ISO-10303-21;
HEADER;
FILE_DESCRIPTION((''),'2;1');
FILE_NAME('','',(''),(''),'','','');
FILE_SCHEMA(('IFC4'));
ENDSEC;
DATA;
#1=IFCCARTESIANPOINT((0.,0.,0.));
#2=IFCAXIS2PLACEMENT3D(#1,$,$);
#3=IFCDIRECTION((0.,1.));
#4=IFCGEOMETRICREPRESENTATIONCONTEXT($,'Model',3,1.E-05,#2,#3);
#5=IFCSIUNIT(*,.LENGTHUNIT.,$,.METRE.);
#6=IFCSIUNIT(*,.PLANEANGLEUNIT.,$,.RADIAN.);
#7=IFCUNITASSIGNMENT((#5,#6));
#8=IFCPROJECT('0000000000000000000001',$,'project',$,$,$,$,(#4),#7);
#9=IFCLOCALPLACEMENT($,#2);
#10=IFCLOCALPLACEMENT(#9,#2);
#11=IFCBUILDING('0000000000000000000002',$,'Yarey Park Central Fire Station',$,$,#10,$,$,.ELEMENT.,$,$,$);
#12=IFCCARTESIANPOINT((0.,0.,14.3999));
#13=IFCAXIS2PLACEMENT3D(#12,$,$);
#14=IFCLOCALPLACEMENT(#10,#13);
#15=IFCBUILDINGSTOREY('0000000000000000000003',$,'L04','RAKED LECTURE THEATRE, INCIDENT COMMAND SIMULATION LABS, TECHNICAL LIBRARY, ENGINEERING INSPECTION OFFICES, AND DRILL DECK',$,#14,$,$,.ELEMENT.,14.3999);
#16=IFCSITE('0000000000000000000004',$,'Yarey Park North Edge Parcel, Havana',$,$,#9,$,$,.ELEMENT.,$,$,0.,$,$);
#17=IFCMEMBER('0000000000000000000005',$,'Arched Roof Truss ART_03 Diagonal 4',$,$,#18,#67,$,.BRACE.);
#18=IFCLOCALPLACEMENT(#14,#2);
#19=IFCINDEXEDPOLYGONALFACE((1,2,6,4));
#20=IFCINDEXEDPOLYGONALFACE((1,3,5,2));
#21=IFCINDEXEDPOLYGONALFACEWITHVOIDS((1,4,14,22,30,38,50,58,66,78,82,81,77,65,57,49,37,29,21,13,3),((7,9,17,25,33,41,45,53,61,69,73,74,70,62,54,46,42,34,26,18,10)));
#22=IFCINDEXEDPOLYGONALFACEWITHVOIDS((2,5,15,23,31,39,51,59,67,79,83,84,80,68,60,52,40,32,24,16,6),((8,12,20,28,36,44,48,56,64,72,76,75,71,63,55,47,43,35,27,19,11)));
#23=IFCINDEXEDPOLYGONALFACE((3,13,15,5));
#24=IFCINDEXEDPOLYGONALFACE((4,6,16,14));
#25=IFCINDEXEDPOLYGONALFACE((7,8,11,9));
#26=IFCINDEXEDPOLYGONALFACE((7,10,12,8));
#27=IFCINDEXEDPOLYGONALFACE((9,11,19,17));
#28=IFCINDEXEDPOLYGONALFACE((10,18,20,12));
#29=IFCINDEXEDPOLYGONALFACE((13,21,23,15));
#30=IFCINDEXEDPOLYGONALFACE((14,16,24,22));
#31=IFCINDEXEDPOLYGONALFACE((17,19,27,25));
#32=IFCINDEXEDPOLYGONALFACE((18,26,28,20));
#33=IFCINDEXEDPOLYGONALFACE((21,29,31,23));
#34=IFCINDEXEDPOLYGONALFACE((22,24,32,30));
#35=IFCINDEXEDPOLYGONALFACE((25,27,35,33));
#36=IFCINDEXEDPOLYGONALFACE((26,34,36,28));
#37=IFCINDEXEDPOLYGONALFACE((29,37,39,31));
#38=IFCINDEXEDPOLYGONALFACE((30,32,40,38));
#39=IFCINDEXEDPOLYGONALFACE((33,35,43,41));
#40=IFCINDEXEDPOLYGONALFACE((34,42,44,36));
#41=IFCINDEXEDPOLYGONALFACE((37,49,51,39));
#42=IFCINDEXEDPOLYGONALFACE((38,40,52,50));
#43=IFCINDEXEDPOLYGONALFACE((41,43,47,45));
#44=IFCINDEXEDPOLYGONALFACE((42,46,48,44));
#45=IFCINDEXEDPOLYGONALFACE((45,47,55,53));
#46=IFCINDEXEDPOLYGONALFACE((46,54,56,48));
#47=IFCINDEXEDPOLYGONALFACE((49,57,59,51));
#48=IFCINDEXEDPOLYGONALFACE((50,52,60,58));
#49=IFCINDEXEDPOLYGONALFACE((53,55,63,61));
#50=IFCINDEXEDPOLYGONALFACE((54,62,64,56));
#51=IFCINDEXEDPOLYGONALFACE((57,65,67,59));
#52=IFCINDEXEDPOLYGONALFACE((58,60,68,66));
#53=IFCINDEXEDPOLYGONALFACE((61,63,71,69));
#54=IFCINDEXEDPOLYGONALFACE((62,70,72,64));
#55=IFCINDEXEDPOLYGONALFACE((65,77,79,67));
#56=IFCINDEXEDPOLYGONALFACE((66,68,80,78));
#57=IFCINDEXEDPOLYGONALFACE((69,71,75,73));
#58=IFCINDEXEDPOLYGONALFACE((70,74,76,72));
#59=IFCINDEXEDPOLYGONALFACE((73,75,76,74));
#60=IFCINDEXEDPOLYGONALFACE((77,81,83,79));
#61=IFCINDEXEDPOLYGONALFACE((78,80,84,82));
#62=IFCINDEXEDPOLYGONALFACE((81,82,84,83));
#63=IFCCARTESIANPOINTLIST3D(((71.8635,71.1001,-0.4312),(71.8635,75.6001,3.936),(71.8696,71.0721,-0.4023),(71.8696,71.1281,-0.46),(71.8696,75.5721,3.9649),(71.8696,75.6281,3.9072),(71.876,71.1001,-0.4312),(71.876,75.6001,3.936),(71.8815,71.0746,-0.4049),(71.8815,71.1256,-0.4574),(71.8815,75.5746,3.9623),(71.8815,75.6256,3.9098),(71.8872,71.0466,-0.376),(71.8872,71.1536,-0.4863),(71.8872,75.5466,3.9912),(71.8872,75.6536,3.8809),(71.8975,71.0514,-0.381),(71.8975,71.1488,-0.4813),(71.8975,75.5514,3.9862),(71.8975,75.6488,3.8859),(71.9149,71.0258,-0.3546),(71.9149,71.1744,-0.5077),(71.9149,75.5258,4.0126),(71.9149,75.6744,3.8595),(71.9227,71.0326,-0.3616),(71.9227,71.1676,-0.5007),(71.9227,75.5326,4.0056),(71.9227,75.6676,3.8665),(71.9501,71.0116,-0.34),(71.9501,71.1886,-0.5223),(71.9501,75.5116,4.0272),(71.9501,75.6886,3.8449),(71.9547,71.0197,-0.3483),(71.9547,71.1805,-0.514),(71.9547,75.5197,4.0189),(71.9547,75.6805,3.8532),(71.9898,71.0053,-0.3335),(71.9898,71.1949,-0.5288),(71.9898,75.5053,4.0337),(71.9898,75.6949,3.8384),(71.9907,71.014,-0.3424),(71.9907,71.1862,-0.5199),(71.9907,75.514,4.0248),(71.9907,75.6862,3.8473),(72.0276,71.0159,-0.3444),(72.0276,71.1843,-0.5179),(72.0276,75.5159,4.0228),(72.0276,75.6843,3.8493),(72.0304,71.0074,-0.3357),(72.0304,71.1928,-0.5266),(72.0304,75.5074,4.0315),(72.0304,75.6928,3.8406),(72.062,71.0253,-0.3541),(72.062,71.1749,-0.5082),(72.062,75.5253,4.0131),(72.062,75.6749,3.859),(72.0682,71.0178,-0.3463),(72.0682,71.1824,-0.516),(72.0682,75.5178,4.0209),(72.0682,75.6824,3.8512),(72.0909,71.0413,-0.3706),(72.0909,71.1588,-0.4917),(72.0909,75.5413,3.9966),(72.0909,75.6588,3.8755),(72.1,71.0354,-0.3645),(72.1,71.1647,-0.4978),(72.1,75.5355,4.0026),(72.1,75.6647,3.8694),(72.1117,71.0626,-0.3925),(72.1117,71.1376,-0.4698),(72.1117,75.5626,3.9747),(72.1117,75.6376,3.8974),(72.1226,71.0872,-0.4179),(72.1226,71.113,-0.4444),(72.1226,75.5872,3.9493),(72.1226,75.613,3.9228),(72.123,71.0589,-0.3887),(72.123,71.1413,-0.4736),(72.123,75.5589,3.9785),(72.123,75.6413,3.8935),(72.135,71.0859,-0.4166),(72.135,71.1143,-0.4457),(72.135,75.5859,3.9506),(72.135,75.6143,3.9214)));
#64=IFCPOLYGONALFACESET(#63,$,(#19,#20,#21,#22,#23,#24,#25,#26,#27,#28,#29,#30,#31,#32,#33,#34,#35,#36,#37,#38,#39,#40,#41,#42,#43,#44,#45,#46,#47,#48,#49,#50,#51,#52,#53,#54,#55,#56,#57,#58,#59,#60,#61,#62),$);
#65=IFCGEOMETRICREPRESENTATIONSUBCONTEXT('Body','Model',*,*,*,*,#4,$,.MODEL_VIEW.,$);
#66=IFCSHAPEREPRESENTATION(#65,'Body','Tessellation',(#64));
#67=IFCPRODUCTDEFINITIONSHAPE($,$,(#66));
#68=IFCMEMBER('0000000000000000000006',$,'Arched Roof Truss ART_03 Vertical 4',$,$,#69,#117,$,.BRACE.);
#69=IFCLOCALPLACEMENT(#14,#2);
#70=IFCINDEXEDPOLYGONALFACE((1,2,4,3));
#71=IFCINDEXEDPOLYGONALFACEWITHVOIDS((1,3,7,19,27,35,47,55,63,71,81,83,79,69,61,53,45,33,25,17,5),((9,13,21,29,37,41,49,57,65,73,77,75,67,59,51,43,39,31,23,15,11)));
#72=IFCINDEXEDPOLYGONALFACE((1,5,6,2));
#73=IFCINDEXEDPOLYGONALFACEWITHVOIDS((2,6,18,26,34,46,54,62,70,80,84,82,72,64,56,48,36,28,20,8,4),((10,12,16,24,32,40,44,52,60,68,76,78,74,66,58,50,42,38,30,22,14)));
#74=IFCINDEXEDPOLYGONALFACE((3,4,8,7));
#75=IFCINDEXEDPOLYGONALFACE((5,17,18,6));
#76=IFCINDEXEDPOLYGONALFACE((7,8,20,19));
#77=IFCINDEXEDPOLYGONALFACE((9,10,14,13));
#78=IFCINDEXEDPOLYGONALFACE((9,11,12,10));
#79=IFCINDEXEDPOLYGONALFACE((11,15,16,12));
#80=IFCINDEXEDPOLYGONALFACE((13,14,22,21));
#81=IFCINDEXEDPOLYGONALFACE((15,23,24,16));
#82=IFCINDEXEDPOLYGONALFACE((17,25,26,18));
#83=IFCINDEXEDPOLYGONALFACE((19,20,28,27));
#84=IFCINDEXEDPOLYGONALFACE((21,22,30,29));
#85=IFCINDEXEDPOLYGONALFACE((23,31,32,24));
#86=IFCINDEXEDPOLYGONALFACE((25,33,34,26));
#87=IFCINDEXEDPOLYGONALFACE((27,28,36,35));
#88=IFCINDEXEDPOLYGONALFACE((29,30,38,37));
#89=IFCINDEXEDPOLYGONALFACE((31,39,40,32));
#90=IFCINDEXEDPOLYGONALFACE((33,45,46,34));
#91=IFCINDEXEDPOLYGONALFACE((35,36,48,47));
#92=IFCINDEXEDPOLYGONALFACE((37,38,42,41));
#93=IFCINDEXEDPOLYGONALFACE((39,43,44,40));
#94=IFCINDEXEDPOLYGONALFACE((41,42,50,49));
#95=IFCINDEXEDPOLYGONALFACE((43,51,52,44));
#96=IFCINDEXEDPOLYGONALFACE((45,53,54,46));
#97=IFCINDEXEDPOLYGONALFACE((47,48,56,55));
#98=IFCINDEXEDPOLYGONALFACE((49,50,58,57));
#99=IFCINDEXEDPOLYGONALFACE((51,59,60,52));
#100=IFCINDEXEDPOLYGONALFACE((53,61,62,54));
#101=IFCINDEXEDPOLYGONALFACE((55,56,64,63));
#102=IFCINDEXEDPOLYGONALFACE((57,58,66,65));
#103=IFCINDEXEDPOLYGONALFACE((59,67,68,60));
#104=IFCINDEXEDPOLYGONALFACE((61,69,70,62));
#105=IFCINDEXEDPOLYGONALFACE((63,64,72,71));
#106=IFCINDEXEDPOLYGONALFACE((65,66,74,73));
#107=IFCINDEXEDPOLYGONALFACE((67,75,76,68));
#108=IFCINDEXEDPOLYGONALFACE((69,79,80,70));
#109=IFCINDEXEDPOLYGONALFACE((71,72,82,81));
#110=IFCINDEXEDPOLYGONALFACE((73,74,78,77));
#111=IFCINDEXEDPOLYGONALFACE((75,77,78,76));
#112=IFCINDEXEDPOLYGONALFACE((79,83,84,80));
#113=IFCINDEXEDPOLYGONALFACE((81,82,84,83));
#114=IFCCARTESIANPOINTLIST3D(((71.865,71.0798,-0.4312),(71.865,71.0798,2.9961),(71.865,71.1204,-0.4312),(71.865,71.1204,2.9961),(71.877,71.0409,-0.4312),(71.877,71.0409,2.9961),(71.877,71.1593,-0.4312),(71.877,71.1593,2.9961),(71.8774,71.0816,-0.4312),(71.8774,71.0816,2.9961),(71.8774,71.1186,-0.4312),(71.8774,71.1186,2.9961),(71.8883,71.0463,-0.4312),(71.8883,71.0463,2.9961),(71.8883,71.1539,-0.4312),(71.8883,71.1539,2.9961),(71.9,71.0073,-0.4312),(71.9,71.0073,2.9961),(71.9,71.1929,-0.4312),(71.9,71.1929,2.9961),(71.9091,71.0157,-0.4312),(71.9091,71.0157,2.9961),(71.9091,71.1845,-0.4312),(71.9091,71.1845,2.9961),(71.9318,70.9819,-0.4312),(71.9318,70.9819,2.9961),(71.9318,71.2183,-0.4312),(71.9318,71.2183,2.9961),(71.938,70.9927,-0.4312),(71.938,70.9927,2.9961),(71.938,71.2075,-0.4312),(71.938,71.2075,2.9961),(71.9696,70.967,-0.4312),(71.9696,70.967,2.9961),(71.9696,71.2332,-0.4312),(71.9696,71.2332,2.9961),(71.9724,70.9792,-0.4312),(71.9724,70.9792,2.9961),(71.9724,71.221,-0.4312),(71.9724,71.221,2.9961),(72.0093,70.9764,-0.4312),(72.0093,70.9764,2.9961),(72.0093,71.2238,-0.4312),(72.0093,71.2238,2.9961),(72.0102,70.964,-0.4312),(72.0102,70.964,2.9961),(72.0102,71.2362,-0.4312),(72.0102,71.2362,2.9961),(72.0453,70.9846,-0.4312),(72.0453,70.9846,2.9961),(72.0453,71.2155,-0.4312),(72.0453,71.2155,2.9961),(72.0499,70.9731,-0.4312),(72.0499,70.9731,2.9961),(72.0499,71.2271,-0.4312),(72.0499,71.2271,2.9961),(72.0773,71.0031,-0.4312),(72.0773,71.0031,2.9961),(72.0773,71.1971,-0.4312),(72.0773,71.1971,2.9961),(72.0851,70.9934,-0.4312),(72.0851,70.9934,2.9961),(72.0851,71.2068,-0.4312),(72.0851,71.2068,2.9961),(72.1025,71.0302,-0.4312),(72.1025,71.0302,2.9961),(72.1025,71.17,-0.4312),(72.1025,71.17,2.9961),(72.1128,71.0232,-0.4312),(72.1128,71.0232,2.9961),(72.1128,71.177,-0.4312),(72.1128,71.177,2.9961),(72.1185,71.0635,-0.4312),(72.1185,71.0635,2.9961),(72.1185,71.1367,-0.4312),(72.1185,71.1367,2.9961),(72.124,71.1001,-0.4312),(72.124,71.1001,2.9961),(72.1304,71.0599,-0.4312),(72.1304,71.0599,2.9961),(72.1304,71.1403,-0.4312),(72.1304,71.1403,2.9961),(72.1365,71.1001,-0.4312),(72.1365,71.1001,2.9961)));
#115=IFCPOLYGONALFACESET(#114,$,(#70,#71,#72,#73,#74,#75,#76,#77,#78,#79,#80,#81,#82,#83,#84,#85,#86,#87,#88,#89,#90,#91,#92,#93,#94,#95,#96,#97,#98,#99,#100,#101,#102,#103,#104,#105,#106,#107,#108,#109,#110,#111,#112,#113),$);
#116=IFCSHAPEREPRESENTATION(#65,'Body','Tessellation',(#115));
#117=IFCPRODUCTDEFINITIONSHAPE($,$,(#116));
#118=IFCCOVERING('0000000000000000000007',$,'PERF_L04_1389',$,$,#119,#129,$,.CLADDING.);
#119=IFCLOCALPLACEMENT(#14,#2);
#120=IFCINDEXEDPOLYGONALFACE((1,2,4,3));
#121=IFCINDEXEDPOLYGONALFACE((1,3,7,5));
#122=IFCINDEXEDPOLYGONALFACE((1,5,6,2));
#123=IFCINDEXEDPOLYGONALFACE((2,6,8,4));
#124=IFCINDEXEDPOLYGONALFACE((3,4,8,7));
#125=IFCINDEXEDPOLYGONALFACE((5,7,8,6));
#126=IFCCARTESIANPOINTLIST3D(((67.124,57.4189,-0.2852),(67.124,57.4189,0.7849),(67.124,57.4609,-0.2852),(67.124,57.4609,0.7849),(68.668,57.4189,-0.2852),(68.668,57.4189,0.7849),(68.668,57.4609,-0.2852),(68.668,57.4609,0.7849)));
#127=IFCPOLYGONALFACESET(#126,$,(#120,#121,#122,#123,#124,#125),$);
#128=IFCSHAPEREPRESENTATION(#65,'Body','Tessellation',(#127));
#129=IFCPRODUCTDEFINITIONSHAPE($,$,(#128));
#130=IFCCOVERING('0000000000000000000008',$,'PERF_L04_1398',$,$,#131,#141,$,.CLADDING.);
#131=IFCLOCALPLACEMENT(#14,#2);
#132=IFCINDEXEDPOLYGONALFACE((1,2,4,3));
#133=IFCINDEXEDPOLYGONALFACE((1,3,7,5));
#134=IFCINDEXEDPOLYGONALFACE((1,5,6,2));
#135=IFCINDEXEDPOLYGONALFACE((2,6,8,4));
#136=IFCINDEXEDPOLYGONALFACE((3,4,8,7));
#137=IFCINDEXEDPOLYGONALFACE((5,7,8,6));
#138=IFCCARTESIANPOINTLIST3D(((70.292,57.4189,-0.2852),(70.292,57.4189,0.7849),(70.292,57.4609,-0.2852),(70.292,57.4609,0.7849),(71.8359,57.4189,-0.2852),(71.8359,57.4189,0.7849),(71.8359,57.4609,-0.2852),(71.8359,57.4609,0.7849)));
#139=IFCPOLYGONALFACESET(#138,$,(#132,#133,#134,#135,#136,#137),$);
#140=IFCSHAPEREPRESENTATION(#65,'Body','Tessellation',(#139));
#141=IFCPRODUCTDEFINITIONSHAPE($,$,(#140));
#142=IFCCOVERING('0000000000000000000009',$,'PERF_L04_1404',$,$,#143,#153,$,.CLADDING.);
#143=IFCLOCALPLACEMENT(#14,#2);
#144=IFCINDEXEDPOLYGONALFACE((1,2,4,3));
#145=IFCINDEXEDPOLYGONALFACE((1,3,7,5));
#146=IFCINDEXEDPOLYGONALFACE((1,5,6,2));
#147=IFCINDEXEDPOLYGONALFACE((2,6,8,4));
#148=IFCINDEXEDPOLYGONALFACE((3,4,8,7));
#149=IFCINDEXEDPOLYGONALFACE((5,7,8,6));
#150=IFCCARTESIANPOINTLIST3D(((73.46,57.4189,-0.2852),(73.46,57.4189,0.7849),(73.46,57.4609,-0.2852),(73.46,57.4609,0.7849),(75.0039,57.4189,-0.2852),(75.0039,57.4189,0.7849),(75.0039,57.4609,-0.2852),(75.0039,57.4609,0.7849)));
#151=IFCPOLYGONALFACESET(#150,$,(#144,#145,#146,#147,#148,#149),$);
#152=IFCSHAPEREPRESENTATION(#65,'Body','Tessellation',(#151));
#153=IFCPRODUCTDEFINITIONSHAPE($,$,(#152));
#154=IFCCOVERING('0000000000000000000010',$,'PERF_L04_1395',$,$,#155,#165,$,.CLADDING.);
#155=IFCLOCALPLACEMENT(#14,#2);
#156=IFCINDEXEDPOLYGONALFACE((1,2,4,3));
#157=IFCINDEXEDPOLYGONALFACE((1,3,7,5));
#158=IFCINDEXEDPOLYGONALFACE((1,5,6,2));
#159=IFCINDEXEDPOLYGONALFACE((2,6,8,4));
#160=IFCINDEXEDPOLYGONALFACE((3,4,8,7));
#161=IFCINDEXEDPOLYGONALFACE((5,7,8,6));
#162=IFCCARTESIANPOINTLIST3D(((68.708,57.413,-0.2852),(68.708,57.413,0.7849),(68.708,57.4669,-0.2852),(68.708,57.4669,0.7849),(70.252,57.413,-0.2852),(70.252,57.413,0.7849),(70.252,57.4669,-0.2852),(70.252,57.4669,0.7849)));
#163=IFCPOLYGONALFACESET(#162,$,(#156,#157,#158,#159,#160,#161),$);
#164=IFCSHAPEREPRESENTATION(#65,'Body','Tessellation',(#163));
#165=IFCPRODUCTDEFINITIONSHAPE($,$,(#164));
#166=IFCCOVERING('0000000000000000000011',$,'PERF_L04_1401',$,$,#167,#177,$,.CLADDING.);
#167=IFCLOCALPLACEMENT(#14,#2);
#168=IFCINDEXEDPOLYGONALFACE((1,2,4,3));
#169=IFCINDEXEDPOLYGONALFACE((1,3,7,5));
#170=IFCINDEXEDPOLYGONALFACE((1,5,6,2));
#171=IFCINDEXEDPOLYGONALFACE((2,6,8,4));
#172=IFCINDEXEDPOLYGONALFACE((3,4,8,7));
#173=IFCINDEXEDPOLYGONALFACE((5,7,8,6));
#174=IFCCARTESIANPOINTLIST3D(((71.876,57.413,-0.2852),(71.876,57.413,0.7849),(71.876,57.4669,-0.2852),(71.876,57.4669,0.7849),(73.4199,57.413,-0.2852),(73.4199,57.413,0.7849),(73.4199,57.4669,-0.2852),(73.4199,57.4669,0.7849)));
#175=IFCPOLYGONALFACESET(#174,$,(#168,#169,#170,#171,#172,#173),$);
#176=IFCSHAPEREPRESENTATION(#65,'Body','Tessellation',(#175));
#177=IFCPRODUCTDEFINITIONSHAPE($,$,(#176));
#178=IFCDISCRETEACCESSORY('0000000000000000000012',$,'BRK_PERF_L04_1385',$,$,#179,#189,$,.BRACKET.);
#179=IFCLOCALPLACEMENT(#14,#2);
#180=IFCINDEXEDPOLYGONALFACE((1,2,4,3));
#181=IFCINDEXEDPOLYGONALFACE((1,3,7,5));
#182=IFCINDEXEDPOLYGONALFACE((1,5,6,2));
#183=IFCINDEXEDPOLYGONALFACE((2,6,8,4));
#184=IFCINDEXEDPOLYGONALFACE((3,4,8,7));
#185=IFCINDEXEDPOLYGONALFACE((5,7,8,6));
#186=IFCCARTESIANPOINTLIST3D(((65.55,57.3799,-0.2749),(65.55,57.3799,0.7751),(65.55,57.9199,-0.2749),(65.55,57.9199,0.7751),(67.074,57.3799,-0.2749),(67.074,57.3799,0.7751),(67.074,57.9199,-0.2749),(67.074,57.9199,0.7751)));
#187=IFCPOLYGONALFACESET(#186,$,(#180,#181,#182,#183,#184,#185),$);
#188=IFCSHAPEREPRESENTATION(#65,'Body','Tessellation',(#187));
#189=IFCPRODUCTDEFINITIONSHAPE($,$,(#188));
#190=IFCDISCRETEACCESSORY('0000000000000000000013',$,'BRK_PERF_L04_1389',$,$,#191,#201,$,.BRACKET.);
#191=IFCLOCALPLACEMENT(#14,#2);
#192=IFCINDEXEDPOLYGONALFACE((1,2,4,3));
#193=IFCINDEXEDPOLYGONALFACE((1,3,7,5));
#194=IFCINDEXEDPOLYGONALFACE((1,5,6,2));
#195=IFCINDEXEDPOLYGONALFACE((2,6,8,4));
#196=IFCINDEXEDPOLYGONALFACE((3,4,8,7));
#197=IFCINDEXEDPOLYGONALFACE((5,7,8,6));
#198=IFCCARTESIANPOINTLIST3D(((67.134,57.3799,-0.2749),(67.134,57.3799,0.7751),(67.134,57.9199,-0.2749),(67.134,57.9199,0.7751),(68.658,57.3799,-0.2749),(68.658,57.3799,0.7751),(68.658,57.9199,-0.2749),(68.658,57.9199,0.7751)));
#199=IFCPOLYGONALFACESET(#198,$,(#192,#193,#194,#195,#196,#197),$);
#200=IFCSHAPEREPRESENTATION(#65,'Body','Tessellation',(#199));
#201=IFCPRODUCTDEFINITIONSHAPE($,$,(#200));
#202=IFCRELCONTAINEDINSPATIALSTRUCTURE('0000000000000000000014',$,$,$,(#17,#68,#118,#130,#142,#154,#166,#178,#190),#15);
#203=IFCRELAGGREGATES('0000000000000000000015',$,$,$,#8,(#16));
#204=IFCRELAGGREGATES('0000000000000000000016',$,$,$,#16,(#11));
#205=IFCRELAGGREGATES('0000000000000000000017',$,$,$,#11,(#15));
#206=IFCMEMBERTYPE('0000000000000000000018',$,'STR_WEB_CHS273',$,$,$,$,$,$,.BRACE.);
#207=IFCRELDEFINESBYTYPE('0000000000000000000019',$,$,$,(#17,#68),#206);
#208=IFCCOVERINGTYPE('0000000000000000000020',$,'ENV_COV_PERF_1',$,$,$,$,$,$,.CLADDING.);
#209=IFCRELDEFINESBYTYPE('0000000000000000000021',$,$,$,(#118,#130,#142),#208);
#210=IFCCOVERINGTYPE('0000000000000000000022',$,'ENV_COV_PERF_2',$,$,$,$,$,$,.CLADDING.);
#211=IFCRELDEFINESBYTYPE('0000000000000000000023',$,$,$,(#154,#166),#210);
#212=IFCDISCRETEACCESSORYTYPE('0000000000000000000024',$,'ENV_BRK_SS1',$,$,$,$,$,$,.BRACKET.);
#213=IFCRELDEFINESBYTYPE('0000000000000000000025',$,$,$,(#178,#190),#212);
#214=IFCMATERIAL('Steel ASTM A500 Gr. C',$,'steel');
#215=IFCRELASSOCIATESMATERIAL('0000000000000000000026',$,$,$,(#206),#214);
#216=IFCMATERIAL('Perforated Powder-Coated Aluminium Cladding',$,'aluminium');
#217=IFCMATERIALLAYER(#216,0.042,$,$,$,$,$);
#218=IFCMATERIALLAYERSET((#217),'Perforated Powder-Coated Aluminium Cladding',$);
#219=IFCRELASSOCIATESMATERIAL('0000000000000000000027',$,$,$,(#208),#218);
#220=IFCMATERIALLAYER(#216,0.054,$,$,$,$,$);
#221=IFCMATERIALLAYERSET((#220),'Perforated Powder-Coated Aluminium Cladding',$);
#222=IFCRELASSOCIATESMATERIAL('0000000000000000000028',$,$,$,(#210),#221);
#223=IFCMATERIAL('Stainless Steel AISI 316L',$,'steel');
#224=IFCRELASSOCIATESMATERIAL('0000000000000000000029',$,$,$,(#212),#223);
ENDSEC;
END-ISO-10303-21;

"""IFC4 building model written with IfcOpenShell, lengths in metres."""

from ifc_helpers import new_model, si_unit, direction, frame, origin, origin_2d, place, context, subcontext, project, spatial, rectangle, hollow_circle, extrude, material, layer, layer_set, material_profile, profile_set, type_object, element, save


model = new_model("IFC4")

# Units and contexts
model_context = context("Model", 3, precision=1e-05, world=origin(), true_north=direction((0.0, 1.0)))
body_context = subcontext(model_context, "Body", "Model", "MODEL_VIEW")
ifc_project = project(units=[si_unit("LENGTHUNIT", "METRE"), si_unit("PLANEANGLEUNIT", "RADIAN")], contexts=[model_context])

# Site, building, storey
site_placement = place(None, origin())
site = spatial("IfcSite", under=ifc_project, at=site_placement, Name="Yarey Park North Edge Parcel, Havana", CompositionType="ELEMENT", RefElevation=0.0)
building_placement = place(site_placement, origin())
building = spatial("IfcBuilding", under=site, at=building_placement, Name="Yarey Park Central Fire Station", CompositionType="ELEMENT")
storey_placement = place(building_placement, frame((0.0, 0.0, 14.3999)))
storey = spatial("IfcBuildingStorey", under=building, at=storey_placement, Name="L04", Description="RAKED LECTURE THEATRE, INCIDENT COMMAND SIMULATION LABS, TECHNICAL LIBRARY, ENGINEERING INSPECTION OFFICES, AND DRILL DECK", CompositionType="ELEMENT", Elevation=14.3999)

# Shared definitions
ifc_material_1 = material(Name="Steel ASTM A500 Gr. C", Category="steel")

# Members
ifc_material_profile_1 = material_profile(ifc_material_1, hollow_circle(Radius=0.1365, WallThickness=0.0125, at=origin_2d()), Name="CHS 273x12.5")
ifc_profile_set_1 = profile_set([ifc_material_profile_1], Name="Steel ASTM A500 Gr. C")
member_type_1 = type_object("IfcMemberType", Name="STR_WEB_CHS273", PredefinedType="BRACE", material=ifc_profile_set_1)
member_1_placement = place(storey_placement, frame((72.0, 71.1001, -0.4312), z_axis=(0.0, 0.717617, 0.696438), x_axis=(-1.0, 0.0, 0.0)))
element("IfcMember", 1, at=member_1_placement, inside=storey, type_object=member_type_1, Name="Arched Roof Truss ART_03 Diagonal 4", PredefinedType="BRACE", context=body_context, shape_type="SweptSolid", body=[
    extrude(hollow_circle(Radius=0.1365, WallThickness=0.0125, at=origin_2d()), origin(), (0.0, 0.0, 1.0), 6.2708),
])
member_2_placement = place(storey_placement, frame((72.0, 71.1001, -0.4312), z_axis=(0.0, 0.0, 1.0), x_axis=(1.0, 0.0, 0.0)))
element("IfcMember", 2, at=member_2_placement, inside=storey, type_object=member_type_1, Name="Arched Roof Truss ART_03 Vertical 4", PredefinedType="BRACE", context=body_context, shape_type="SweptSolid", body=[
    extrude(hollow_circle(Radius=0.1365, WallThickness=0.0125, at=origin_2d()), origin(), (0.0, 0.0, 1.0), 3.4272),
])

# Coverings
ifc_material_2 = material(Name="Perforated Powder-Coated Aluminium Cladding", Category="aluminium")
ifc_layer_1 = layer(ifc_material_2, 0.042)
ifc_layer_set_1 = layer_set([ifc_layer_1], Name="Perforated Powder-Coated Aluminium Cladding")
covering_type_1 = type_object("IfcCoveringType", Name="ENV_COV_PERF_1", PredefinedType="CLADDING", material=ifc_layer_set_1)
for number, where, z_axis, x_axis, name in (
    (3, (67.896, 57.4399, -0.2852), (0.0, 0.0, 1.0), (1.0, 0.0, 0.0), "PERF_L04_1389"),
    (4, (71.064, 57.4399, -0.2852), (0.0, 0.0, 1.0), (1.0, 0.0, 0.0), "PERF_L04_1398"),
    (5, (74.2319, 57.4399, -0.2852), (0.0, 0.0, 1.0), (1.0, 0.0, 0.0), "PERF_L04_1404"),
):
    element("IfcCovering", number, at=place(storey_placement, frame(where, z_axis=z_axis, x_axis=x_axis)), inside=storey, type_object=covering_type_1, Name=name, PredefinedType="CLADDING", context=body_context, shape_type="SweptSolid", body=[
        extrude(rectangle(XDim=1.5439, YDim=0.042, at=origin_2d()), origin(), (0.0, 0.0, 1.0), 1.0701),
    ])
ifc_layer_2 = layer(ifc_material_2, 0.054)
ifc_layer_set_2 = layer_set([ifc_layer_2], Name="Perforated Powder-Coated Aluminium Cladding")
covering_type_2 = type_object("IfcCoveringType", Name="ENV_COV_PERF_2", PredefinedType="CLADDING", material=ifc_layer_set_2)
for number, where, z_axis, x_axis, name in (
    (6, (69.48, 57.4399, -0.2852), (0.0, 0.0, 1.0), (1.0, 0.0, 0.0), "PERF_L04_1395"),
    (7, (72.6479, 57.4399, -0.2852), (0.0, 0.0, 1.0), (1.0, 0.0, 0.0), "PERF_L04_1401"),
):
    element("IfcCovering", number, at=place(storey_placement, frame(where, z_axis=z_axis, x_axis=x_axis)), inside=storey, type_object=covering_type_2, Name=name, PredefinedType="CLADDING", context=body_context, shape_type="SweptSolid", body=[
        extrude(rectangle(XDim=1.5439, YDim=0.054, at=origin_2d()), origin(), (0.0, 0.0, 1.0), 1.0701),
    ])

# Discrete accessories
ifc_material_3 = material(Name="Stainless Steel AISI 316L", Category="steel")
discrete_accessory_type = type_object("IfcDiscreteAccessoryType", Name="ENV_BRK_SS1", PredefinedType="BRACKET", material=ifc_material_3)
for number, where, z_axis, x_axis, name in (
    (8, (66.312, 57.6499, -0.2749), (0.0, 0.0, 1.0), (1.0, 0.0, 0.0), "BRK_PERF_L04_1385"),
    (9, (67.896, 57.6499, -0.2749), (0.0, 0.0, 1.0), (1.0, 0.0, 0.0), "BRK_PERF_L04_1389"),
):
    element("IfcDiscreteAccessory", number, at=place(storey_placement, frame(where, z_axis=z_axis, x_axis=x_axis)), inside=storey, type_object=discrete_accessory_type, Name=name, PredefinedType="BRACKET", context=body_context, shape_type="SweptSolid", body=[
        extrude(rectangle(XDim=1.5239, YDim=0.54, at=origin_2d()), origin(), (0.0, 0.0, 1.0), 1.05),
    ])

save(model, "model.ifc")
